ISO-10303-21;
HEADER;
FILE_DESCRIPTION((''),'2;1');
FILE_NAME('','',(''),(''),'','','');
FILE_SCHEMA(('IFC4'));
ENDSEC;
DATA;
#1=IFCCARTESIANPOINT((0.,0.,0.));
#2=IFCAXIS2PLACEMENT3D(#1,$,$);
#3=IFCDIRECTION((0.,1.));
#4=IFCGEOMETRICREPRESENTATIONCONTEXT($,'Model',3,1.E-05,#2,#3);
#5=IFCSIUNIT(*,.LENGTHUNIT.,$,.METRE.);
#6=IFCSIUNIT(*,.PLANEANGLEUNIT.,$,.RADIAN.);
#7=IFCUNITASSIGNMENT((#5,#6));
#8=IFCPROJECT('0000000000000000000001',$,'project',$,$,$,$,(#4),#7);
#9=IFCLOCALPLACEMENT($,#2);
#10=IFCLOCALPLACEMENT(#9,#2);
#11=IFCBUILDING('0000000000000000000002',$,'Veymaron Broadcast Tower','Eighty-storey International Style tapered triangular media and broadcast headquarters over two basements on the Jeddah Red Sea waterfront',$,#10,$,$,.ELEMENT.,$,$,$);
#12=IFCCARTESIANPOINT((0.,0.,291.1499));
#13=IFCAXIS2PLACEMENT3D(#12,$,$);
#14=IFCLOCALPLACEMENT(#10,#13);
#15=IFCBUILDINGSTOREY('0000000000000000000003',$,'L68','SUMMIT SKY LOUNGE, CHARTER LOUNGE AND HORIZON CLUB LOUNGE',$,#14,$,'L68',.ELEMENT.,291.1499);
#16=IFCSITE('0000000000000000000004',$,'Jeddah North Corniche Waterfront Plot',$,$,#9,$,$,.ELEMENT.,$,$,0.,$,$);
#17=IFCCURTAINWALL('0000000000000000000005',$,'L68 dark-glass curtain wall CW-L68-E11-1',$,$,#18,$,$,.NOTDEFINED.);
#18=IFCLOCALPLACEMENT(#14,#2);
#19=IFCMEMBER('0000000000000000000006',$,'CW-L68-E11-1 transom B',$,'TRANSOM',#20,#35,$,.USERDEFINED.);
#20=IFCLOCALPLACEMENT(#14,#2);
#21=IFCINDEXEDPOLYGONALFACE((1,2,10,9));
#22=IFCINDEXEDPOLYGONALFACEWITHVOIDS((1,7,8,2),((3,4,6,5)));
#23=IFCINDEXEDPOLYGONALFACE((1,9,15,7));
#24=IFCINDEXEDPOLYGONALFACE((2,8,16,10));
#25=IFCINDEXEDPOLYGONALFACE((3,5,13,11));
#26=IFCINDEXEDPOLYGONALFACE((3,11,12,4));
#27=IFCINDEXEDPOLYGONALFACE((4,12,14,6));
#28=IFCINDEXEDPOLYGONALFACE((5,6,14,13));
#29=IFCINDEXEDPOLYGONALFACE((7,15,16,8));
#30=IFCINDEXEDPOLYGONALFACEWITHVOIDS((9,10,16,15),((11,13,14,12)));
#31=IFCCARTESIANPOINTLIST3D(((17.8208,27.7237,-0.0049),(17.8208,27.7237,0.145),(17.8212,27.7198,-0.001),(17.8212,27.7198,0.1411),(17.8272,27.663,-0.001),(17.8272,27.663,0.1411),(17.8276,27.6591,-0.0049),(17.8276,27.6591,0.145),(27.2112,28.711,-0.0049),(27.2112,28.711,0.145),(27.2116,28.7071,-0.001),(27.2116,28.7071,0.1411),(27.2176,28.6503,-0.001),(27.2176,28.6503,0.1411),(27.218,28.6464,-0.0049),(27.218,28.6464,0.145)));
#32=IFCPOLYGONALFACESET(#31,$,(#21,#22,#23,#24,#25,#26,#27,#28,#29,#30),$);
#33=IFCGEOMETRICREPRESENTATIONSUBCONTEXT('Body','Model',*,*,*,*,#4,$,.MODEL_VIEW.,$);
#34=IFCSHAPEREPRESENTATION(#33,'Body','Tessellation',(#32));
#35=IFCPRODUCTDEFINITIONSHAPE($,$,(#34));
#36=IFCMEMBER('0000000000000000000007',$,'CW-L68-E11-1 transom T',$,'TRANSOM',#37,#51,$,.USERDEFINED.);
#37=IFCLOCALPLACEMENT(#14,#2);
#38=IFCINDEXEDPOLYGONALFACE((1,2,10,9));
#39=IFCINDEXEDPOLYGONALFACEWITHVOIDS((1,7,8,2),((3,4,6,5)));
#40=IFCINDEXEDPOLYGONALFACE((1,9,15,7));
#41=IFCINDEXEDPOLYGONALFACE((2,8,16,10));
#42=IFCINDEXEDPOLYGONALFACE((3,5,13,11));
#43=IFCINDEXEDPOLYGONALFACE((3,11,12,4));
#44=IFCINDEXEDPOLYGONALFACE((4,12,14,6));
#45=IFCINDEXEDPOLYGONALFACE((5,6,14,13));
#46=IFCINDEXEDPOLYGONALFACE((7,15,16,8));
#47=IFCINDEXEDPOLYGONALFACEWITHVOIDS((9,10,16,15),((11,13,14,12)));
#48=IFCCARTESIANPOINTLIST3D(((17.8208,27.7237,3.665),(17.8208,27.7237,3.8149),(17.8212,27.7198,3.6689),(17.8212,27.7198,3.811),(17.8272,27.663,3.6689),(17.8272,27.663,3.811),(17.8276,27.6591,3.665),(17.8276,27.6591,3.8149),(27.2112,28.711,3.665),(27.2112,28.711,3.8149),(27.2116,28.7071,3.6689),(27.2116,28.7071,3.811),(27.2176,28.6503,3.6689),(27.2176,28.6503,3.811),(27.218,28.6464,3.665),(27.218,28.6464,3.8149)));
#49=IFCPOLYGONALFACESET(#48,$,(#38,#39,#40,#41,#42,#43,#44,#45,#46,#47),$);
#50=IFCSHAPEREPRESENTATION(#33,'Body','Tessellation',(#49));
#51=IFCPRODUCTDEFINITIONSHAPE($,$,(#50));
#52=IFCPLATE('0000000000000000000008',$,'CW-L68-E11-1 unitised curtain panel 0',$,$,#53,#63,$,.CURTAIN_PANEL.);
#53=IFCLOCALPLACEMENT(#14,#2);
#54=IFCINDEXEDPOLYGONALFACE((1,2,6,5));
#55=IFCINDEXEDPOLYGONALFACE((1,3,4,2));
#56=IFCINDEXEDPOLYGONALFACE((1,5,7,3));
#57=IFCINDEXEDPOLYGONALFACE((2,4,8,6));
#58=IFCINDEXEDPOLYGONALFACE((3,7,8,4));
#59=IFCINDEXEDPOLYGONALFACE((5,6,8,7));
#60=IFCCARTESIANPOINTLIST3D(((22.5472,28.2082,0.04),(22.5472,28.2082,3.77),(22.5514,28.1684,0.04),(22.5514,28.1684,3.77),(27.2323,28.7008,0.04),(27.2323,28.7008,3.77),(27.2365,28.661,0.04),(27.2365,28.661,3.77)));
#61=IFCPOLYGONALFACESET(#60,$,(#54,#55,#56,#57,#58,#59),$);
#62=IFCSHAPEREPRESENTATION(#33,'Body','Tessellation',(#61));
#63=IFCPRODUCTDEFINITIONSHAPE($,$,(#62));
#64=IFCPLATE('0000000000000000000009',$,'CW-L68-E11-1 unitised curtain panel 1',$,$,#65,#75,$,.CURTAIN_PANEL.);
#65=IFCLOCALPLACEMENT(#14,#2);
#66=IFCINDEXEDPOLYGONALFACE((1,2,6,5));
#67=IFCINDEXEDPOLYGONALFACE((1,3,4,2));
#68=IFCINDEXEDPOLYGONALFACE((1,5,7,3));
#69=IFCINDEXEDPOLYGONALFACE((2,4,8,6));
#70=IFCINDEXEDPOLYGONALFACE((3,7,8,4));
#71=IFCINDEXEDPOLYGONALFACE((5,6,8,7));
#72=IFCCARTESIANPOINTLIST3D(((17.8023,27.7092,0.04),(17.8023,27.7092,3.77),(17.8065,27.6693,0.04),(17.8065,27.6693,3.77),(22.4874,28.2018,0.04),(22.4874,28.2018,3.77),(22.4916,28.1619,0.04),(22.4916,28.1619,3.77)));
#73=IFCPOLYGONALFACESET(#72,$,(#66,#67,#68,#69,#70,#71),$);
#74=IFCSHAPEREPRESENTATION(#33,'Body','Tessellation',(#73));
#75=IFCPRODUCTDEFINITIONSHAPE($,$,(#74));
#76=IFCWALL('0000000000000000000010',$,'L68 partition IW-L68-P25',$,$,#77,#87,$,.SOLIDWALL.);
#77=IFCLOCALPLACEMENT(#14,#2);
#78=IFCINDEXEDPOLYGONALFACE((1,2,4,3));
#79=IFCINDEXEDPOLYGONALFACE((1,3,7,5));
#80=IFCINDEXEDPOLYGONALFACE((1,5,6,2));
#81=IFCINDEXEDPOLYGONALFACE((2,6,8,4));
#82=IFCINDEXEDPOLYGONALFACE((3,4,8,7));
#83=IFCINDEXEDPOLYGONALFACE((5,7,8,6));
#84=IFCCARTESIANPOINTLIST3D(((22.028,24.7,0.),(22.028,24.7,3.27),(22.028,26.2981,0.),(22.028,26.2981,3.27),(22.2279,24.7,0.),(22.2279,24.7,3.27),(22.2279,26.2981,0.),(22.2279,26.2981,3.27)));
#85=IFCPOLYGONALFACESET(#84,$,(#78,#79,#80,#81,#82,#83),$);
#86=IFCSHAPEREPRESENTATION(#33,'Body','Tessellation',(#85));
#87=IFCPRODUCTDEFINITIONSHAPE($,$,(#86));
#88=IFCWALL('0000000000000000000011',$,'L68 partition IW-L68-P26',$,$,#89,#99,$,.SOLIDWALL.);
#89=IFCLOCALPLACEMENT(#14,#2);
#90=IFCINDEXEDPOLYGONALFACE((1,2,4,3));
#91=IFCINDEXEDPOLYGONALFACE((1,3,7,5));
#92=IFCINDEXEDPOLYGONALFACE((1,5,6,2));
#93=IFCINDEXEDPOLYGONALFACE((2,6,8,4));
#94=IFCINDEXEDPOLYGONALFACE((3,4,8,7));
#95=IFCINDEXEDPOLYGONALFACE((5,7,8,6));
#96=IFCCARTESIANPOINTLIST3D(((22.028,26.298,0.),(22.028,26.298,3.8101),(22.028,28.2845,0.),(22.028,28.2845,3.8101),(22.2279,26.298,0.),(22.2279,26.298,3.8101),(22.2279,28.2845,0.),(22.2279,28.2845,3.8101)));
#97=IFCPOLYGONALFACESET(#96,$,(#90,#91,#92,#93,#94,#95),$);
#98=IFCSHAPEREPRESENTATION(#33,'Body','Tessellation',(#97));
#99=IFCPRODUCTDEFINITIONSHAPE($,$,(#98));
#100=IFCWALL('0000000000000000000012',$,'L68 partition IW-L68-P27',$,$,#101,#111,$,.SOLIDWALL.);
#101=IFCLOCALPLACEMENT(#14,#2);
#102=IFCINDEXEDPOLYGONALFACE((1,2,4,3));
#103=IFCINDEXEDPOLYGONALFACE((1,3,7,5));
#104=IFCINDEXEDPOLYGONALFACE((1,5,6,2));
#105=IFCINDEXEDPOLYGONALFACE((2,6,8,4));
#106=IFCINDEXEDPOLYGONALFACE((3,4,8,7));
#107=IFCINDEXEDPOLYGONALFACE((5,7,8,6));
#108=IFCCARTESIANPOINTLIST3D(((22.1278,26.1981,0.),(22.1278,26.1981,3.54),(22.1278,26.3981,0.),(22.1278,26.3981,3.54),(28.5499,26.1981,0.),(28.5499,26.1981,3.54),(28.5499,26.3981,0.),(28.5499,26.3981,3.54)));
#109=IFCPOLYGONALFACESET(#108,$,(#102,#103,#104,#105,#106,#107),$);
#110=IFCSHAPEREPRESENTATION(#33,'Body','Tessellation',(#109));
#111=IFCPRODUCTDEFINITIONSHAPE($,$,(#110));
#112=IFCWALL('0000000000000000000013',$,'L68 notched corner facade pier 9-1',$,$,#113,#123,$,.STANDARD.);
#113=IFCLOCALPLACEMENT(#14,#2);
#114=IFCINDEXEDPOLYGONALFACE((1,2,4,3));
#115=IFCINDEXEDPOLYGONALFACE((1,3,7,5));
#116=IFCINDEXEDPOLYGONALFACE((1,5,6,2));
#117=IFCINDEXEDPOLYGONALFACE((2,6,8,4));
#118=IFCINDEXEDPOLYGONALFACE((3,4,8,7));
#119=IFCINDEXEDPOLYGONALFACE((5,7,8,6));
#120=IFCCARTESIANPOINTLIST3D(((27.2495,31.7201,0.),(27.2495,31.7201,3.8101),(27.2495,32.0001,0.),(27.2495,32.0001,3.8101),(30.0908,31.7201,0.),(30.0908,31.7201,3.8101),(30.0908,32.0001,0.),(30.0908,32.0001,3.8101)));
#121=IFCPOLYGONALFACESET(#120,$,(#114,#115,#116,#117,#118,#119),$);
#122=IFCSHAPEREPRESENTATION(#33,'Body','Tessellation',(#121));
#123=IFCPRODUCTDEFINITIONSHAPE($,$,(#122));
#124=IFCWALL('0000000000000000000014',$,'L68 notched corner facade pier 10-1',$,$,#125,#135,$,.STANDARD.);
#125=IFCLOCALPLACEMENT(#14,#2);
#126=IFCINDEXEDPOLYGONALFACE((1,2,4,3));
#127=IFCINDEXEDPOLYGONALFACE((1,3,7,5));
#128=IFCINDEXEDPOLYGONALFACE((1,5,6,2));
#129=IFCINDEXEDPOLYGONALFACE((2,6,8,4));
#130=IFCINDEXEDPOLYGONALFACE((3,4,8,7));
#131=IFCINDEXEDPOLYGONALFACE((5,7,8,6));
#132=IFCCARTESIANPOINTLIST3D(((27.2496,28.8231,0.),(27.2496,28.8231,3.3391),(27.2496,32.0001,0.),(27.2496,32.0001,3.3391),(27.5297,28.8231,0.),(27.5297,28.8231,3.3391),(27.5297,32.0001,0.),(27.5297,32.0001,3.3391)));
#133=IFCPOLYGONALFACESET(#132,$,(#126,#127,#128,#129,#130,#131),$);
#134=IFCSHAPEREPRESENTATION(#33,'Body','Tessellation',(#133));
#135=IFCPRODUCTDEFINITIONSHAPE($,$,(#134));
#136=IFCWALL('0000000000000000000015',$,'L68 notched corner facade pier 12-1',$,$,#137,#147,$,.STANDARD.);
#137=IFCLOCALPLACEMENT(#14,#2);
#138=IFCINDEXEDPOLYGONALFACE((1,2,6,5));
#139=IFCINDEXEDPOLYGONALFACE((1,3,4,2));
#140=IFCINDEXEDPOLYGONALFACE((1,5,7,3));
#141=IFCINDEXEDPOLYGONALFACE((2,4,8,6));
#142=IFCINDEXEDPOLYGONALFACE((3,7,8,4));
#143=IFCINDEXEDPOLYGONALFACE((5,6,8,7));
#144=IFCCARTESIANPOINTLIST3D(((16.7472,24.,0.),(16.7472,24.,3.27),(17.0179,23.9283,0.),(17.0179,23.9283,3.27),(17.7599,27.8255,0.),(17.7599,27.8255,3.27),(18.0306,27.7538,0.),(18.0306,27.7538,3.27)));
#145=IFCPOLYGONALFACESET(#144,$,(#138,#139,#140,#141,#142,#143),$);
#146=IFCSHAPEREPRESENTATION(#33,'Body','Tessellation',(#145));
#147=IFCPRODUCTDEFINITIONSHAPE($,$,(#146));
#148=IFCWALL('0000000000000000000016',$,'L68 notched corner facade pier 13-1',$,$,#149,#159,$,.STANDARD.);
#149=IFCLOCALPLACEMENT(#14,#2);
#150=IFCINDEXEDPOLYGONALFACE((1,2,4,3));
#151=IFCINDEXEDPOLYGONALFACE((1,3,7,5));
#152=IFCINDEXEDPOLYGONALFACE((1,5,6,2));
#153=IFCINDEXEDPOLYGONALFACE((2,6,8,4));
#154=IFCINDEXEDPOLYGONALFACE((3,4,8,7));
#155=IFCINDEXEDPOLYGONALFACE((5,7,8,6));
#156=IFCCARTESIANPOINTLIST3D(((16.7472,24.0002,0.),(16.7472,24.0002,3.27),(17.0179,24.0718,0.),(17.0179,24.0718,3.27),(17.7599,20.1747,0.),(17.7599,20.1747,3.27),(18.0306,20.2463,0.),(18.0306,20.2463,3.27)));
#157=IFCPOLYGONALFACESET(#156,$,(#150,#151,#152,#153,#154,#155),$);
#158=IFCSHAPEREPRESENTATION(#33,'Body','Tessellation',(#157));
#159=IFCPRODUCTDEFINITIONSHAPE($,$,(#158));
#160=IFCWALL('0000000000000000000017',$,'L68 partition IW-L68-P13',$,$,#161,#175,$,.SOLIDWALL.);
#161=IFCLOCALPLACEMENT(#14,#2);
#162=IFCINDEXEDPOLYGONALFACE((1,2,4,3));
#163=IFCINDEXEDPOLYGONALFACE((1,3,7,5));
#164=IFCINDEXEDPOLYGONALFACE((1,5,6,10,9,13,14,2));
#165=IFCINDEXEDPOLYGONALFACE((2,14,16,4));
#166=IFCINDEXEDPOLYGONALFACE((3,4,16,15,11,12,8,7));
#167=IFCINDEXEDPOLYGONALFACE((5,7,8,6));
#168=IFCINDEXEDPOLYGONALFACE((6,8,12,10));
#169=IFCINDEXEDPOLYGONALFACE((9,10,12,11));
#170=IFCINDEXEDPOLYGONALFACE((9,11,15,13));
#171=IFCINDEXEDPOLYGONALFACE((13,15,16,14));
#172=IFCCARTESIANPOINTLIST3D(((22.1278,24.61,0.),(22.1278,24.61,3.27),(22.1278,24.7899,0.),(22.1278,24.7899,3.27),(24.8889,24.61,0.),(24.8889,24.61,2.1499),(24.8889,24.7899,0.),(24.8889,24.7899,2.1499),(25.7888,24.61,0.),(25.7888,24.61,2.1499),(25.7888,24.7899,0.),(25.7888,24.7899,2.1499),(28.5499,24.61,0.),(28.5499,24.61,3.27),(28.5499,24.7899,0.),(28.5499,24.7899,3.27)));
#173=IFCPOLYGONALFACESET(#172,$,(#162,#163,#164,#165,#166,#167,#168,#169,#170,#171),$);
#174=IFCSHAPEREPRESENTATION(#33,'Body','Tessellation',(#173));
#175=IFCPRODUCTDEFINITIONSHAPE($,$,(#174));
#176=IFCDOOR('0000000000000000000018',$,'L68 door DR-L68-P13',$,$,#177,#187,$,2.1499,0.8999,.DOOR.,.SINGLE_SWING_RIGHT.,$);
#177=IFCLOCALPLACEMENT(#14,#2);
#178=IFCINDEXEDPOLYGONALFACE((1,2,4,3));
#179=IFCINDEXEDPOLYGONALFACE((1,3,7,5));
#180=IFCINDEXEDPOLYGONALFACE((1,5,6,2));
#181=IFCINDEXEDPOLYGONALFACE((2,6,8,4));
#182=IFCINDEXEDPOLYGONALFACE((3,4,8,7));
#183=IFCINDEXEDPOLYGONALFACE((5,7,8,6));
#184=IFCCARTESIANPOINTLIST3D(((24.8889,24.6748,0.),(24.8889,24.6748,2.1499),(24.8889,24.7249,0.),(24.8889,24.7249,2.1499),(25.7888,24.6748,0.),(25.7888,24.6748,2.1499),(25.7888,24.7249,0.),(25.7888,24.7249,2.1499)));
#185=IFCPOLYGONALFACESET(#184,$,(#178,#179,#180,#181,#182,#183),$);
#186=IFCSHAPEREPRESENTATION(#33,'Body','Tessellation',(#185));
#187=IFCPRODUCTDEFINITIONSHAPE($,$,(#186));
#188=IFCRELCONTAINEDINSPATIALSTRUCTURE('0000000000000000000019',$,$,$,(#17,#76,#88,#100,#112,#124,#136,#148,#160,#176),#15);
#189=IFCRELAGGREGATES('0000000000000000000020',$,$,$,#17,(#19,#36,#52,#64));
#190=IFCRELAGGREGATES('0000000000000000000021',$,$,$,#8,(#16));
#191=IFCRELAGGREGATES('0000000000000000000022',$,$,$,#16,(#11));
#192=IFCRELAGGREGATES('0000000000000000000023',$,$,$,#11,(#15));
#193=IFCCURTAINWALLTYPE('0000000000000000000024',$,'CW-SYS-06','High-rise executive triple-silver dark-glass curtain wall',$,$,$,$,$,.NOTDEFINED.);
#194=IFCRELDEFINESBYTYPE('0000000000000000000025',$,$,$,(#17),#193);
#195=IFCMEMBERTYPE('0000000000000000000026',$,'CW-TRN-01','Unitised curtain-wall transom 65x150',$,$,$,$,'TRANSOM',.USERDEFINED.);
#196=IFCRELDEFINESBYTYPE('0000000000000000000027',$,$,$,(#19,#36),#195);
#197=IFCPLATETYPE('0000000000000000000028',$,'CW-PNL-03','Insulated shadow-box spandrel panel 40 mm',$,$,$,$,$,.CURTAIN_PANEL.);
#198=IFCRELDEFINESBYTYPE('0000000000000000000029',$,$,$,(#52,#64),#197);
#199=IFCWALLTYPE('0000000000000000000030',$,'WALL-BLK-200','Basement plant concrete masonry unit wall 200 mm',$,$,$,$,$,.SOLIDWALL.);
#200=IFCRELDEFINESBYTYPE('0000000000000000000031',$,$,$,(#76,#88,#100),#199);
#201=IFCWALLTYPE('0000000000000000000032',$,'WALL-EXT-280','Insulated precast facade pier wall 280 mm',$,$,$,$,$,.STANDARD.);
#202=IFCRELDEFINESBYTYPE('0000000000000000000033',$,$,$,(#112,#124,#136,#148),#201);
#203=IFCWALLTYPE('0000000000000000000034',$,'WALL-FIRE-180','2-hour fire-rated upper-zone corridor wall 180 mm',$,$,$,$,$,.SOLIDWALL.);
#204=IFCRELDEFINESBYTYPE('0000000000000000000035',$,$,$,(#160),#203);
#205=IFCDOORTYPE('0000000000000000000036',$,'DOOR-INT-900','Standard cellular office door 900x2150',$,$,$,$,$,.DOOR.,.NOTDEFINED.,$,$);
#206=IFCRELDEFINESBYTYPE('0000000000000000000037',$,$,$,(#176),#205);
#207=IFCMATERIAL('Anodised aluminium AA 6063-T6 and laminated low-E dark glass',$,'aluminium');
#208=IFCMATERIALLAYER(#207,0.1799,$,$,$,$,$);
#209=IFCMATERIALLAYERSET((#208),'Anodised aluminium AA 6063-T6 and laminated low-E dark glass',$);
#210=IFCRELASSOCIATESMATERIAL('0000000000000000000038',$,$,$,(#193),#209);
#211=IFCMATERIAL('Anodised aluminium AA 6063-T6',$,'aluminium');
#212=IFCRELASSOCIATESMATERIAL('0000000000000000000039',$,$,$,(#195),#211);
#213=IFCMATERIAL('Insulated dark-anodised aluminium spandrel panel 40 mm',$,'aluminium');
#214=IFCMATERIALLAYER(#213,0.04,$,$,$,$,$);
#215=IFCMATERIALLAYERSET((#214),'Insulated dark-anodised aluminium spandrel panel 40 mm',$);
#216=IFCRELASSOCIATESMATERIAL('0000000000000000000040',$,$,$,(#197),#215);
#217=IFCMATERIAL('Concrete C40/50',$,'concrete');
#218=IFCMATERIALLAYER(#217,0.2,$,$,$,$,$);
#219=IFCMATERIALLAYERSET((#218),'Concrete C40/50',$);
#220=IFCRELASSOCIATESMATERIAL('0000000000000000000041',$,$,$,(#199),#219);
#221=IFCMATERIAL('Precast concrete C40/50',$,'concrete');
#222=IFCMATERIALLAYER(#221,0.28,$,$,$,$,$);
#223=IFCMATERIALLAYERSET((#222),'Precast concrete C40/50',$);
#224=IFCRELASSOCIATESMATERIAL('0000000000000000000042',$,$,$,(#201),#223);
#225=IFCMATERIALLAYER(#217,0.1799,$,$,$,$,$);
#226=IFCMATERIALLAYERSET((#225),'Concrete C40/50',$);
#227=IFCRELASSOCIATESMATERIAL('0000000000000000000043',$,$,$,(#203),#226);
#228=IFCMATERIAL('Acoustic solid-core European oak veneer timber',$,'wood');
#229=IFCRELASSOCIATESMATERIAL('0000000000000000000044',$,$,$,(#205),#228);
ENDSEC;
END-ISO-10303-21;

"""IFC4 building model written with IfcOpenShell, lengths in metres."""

from ifc_helpers import new_model, si_unit, direction, frame, frame_2d, origin, origin_2d, place, context, subcontext, project, spatial, rectangle, hollow_rectangle, extrude, material, layer, layer_set, material_profile, profile_set, type_object, element, fill, aggregate, save


model = new_model("IFC4")

# Units and contexts
model_context = context("Model", 3, precision=1e-05, world=origin(), true_north=direction((0.0, 1.0)))
body_context = subcontext(model_context, "Body", "Model", "MODEL_VIEW")
ifc_project = project(units=[si_unit("LENGTHUNIT", "METRE"), si_unit("PLANEANGLEUNIT", "RADIAN")], contexts=[model_context])

# Site, building, storey
site_placement = place(None, origin())
site = spatial("IfcSite", under=ifc_project, at=site_placement, Name="Jeddah North Corniche Waterfront Plot", CompositionType="ELEMENT", RefElevation=0.0)
building_placement = place(site_placement, origin())
building = spatial("IfcBuilding", under=site, at=building_placement, Name="Veymaron Broadcast Tower", Description="Eighty-storey International Style tapered triangular media and broadcast headquarters over two basements on the Jeddah Red Sea waterfront", CompositionType="ELEMENT")
storey_placement = place(building_placement, frame((0.0, 0.0, 291.1499)))
storey = spatial("IfcBuildingStorey", under=building, at=storey_placement, Name="L68", Description="SUMMIT SKY LOUNGE, CHARTER LOUNGE AND HORIZON CLUB LOUNGE", LongName="L68", CompositionType="ELEMENT", Elevation=291.1499)

# Shared definitions
ifc_material_1 = material(Name="Anodised aluminium AA 6063-T6 and laminated low-E dark glass", Category="aluminium")
ifc_layer_1 = layer(ifc_material_1, 0.1799)
ifc_layer_set_1 = layer_set([ifc_layer_1], Name="Anodised aluminium AA 6063-T6 and laminated low-E dark glass")
curtain_wall_type = type_object("IfcCurtainWallType", Name="CW-SYS-06", Description="High-rise executive triple-silver dark-glass curtain wall", PredefinedType="NOTDEFINED", material=ifc_layer_set_1)
ifc_material_2 = material(Name="Anodised aluminium AA 6063-T6", Category="aluminium")

# Curtain wall, members, plates
curtain_wall_1_placement = place(storey_placement, origin())
curtain_wall_1 = element("IfcCurtainWall", 1, at=curtain_wall_1_placement, inside=storey, type_object=curtain_wall_type, Name="L68 dark-glass curtain wall CW-L68-E11-1", PredefinedType="NOTDEFINED")
ifc_material_profile_1 = material_profile(ifc_material_2, hollow_rectangle(XDim=0.0649, YDim=0.1499, WallThickness=0.0039, at=origin_2d()), Name="AL150X65X4")
ifc_profile_set_1 = profile_set([ifc_material_profile_1], Name="Anodised aluminium AA 6063-T6")
member_type_1 = type_object("IfcMemberType", Name="CW-TRN-01", Description="Unitised curtain-wall transom 65x150", ElementType="TRANSOM", PredefinedType="USERDEFINED", material=ifc_profile_set_1)
member_1_placement = place(storey_placement, frame((27.2146, 28.6787, 0.0701), z_axis=(-0.994518, -0.104564, 0.0), x_axis=(0.104564, -0.994518, 0.0)))
member_1 = element("IfcMember", 2, at=member_1_placement, type_object=member_type_1, Name="CW-L68-E11-1 transom B", ObjectType="TRANSOM", PredefinedType="USERDEFINED", context=body_context, shape_type="SweptSolid", body=[
    extrude(hollow_rectangle(XDim=0.0649, YDim=0.1499, WallThickness=0.0039, at=origin_2d()), origin(), (0.0, 0.0, 1.0), 9.4421),
])
member_2_placement = place(storey_placement, frame((27.2146, 28.6787, 3.74), z_axis=(-0.994518, -0.104564, 0.0), x_axis=(0.104564, -0.994518, 0.0)))
member_2 = element("IfcMember", 3, at=member_2_placement, type_object=member_type_1, Name="CW-L68-E11-1 transom T", ObjectType="TRANSOM", PredefinedType="USERDEFINED", context=body_context, shape_type="SweptSolid", body=[
    extrude(hollow_rectangle(XDim=0.0649, YDim=0.1499, WallThickness=0.0039, at=origin_2d()), origin(), (0.0, 0.0, 1.0), 9.4421),
])
ifc_material_3 = material(Name="Insulated dark-anodised aluminium spandrel panel 40 mm", Category="aluminium")
ifc_layer_2 = layer(ifc_material_3, 0.04)
ifc_layer_set_2 = layer_set([ifc_layer_2], Name="Insulated dark-anodised aluminium spandrel panel 40 mm")
plate_type = type_object("IfcPlateType", Name="CW-PNL-03", Description="Insulated shadow-box spandrel panel 40 mm", PredefinedType="CURTAIN_PANEL", material=ifc_layer_set_2)
plate_1_placement = place(storey_placement, frame((24.8918, 28.4346, 0.04), z_axis=(0.0, 0.0, 1.0), x_axis=(-0.994518, -0.104563, 0.0)))
plate_1 = element("IfcPlate", 4, at=plate_1_placement, type_object=plate_type, Name="CW-L68-E11-1 unitised curtain panel 0", PredefinedType="CURTAIN_PANEL", context=body_context, shape_type="SweptSolid", body=[
    extrude(rectangle(XDim=4.7109, YDim=0.04, at=origin_2d()), origin(), (0.0, 0.0, 1.0), 3.73),
])
plate_2_placement = place(storey_placement, frame((20.147, 27.9355, 0.04), z_axis=(0.0, 0.0, 1.0), x_axis=(-0.994518, -0.104563, 0.0)))
plate_2 = element("IfcPlate", 5, at=plate_2_placement, type_object=plate_type, Name="CW-L68-E11-1 unitised curtain panel 1", PredefinedType="CURTAIN_PANEL", context=body_context, shape_type="SweptSolid", body=[
    extrude(rectangle(XDim=4.7109, YDim=0.04, at=origin_2d()), origin(), (0.0, 0.0, 1.0), 3.73),
])
aggregate(curtain_wall_1, [member_1, member_2, plate_1, plate_2])

# Walls
ifc_material_4 = material(Name="Concrete C40/50", Category="concrete")
ifc_layer_3 = layer(ifc_material_4, 0.2)
ifc_layer_set_3 = layer_set([ifc_layer_3], Name="Concrete C40/50")
wall_type_1 = type_object("IfcWallType", Name="WALL-BLK-200", Description="Basement plant concrete masonry unit wall 200 mm", PredefinedType="SOLIDWALL", material=ifc_layer_set_3)
wall_1_placement = place(storey_placement, frame((22.1279, 24.7, 0.0), z_axis=(0.0, 0.0, 1.0), x_axis=(0.0, 1.0, 0.0)))
element("IfcWall", 6, at=wall_1_placement, inside=storey, type_object=wall_type_1, Name="L68 partition IW-L68-P25", PredefinedType="SOLIDWALL", context=body_context, shape_type="SweptSolid", body=[
    extrude(rectangle(XDim=1.5981, YDim=0.2, at=frame_2d((0.7991, 0.0))), origin(), (0.0, 0.0, 1.0), 3.27),
])
wall_2_placement = place(storey_placement, frame((22.1279, 26.2981, 0.0), z_axis=(0.0, 0.0, 1.0), x_axis=(0.0, 1.0, 0.0)))
element("IfcWall", 7, at=wall_2_placement, inside=storey, type_object=wall_type_1, Name="L68 partition IW-L68-P26", PredefinedType="SOLIDWALL", context=body_context, shape_type="SweptSolid", body=[
    extrude(rectangle(XDim=1.9866, YDim=0.2, at=frame_2d((0.9932, 0.0))), origin(), (0.0, 0.0, 1.0), 3.8101),
])
wall_3_placement = place(storey_placement, frame((22.1279, 26.2981, 0.0), z_axis=(0.0, 0.0, 1.0), x_axis=(1.0, 0.0, 0.0)))
element("IfcWall", 8, at=wall_3_placement, inside=storey, type_object=wall_type_1, Name="L68 partition IW-L68-P27", PredefinedType="SOLIDWALL", context=body_context, shape_type="SweptSolid", body=[
    extrude(rectangle(XDim=6.4221, YDim=0.2, at=frame_2d((3.2109, 0.0))), origin(), (0.0, 0.0, 1.0), 3.54),
])
ifc_material_5 = material(Name="Precast concrete C40/50", Category="concrete")
ifc_layer_4 = layer(ifc_material_5, 0.28)
ifc_layer_set_4 = layer_set([ifc_layer_4], Name="Precast concrete C40/50")
wall_type_2 = type_object("IfcWallType", Name="WALL-EXT-280", Description="Insulated precast facade pier wall 280 mm", PredefinedType="STANDARD", material=ifc_layer_set_4)
wall_4_placement = place(storey_placement, frame((30.0908, 31.8601, 0.0), z_axis=(0.0, 0.0, 1.0), x_axis=(-1.0, 0.0, 0.0)))
element("IfcWall", 9, at=wall_4_placement, inside=storey, type_object=wall_type_2, Name="L68 notched corner facade pier 9-1", PredefinedType="STANDARD", context=body_context, shape_type="SweptSolid", body=[
    extrude(rectangle(XDim=2.8413, YDim=0.28, at=frame_2d((1.4207, 0.0))), origin(), (0.0, 0.0, 1.0), 3.8101),
])
wall_5_placement = place(storey_placement, frame((27.3896, 32.0, 0.0), z_axis=(0.0, 0.0, 1.0), x_axis=(0.0, -1.0, 0.0)))
element("IfcWall", 10, at=wall_5_placement, inside=storey, type_object=wall_type_2, Name="L68 notched corner facade pier 10-1", PredefinedType="STANDARD", context=body_context, shape_type="SweptSolid", body=[
    extrude(rectangle(XDim=3.177, YDim=0.28, at=frame_2d((1.5884, 0.0))), origin(), (0.0, 0.0, 1.0), 3.3391),
])
for number, where, z_axis, x_axis, name in (
    (11, (17.8953, 27.7896, 0.0), (0.0, 0.0, 1.0), (-0.255911, -0.9667, 0.0), "L68 notched corner facade pier 12-1"),
    (12, (16.8826, 24.0359, 0.0), (0.0, 0.0, 1.0), (0.255911, -0.9667, 0.0), "L68 notched corner facade pier 13-1"),
):
    element("IfcWall", number, at=place(storey_placement, frame(where, z_axis=z_axis, x_axis=x_axis)), inside=storey, type_object=wall_type_2, Name=name, PredefinedType="STANDARD", context=body_context, shape_type="SweptSolid", body=[
        extrude(rectangle(XDim=3.9573, YDim=0.28, at=frame_2d((1.9785, 0.0))), origin(), (0.0, 0.0, 1.0), 3.27),
    ])

# Wall, opening, door
ifc_layer_5 = layer(ifc_material_4, 0.1799)
ifc_layer_set_5 = layer_set([ifc_layer_5], Name="Concrete C40/50")
wall_type_3 = type_object("IfcWallType", Name="WALL-FIRE-180", Description="2-hour fire-rated upper-zone corridor wall 180 mm", PredefinedType="SOLIDWALL", material=ifc_layer_set_5)
wall_6_placement = place(storey_placement, frame((22.1279, 24.7, 0.0), z_axis=(0.0, 0.0, 1.0), x_axis=(1.0, 0.0, 0.0)))
wall_6 = element("IfcWall", 13, at=wall_6_placement, inside=storey, type_object=wall_type_3, Name="L68 partition IW-L68-P13", PredefinedType="SOLIDWALL", context=body_context, shape_type="SweptSolid", body=[
    extrude(rectangle(XDim=6.4221, YDim=0.1799, at=frame_2d((3.2109, 0.0))), origin(), (0.0, 0.0, 1.0), 3.27),
])
opening_1_placement = place(wall_6_placement, frame((2.761, 0.0, 0.0)))
opening_1 = element("IfcOpeningElement", 14, at=opening_1_placement, cuts=wall_6, PredefinedType="OPENING", context=body_context, shape_type="SweptSolid", body=[
    extrude(rectangle(XDim=0.8999, YDim=2.1499, at=frame_2d((0.45, 1.075))), frame((0.0, 0.1001, 0.0), z_axis=(0.0, -1.0, 0.0), x_axis=(1.0, 0.0, 0.0)), (0.0, 0.0, 1.0), 0.2),
])
ifc_material_6 = material(Name="Acoustic solid-core European oak veneer timber", Category="wood")
door_type_1 = type_object("IfcDoorType", Name="DOOR-INT-900", Description="Standard cellular office door 900x2150", OperationType="NOTDEFINED", PredefinedType="DOOR", material=ifc_material_6)
door_1_placement = place(opening_1_placement, origin())
door_1 = element("IfcDoor", 15, at=door_1_placement, inside=storey, type_object=door_type_1, Name="L68 door DR-L68-P13", OperationType="SINGLE_SWING_RIGHT", OverallHeight=2.1499, OverallWidth=0.8999, PredefinedType="DOOR", context=body_context, shape_type="SweptSolid", body=[
    extrude(rectangle(XDim=0.8999, YDim=2.1499, at=frame_2d((0.45, 1.075))), frame((0.0, 0.0249, 0.0), z_axis=(0.0, -1.0, 0.0), x_axis=(1.0, 0.0, 0.0)), (0.0, 0.0, 1.0), 0.05),
])
fill(opening_1, door_1)

save(model, "model.ifc")
